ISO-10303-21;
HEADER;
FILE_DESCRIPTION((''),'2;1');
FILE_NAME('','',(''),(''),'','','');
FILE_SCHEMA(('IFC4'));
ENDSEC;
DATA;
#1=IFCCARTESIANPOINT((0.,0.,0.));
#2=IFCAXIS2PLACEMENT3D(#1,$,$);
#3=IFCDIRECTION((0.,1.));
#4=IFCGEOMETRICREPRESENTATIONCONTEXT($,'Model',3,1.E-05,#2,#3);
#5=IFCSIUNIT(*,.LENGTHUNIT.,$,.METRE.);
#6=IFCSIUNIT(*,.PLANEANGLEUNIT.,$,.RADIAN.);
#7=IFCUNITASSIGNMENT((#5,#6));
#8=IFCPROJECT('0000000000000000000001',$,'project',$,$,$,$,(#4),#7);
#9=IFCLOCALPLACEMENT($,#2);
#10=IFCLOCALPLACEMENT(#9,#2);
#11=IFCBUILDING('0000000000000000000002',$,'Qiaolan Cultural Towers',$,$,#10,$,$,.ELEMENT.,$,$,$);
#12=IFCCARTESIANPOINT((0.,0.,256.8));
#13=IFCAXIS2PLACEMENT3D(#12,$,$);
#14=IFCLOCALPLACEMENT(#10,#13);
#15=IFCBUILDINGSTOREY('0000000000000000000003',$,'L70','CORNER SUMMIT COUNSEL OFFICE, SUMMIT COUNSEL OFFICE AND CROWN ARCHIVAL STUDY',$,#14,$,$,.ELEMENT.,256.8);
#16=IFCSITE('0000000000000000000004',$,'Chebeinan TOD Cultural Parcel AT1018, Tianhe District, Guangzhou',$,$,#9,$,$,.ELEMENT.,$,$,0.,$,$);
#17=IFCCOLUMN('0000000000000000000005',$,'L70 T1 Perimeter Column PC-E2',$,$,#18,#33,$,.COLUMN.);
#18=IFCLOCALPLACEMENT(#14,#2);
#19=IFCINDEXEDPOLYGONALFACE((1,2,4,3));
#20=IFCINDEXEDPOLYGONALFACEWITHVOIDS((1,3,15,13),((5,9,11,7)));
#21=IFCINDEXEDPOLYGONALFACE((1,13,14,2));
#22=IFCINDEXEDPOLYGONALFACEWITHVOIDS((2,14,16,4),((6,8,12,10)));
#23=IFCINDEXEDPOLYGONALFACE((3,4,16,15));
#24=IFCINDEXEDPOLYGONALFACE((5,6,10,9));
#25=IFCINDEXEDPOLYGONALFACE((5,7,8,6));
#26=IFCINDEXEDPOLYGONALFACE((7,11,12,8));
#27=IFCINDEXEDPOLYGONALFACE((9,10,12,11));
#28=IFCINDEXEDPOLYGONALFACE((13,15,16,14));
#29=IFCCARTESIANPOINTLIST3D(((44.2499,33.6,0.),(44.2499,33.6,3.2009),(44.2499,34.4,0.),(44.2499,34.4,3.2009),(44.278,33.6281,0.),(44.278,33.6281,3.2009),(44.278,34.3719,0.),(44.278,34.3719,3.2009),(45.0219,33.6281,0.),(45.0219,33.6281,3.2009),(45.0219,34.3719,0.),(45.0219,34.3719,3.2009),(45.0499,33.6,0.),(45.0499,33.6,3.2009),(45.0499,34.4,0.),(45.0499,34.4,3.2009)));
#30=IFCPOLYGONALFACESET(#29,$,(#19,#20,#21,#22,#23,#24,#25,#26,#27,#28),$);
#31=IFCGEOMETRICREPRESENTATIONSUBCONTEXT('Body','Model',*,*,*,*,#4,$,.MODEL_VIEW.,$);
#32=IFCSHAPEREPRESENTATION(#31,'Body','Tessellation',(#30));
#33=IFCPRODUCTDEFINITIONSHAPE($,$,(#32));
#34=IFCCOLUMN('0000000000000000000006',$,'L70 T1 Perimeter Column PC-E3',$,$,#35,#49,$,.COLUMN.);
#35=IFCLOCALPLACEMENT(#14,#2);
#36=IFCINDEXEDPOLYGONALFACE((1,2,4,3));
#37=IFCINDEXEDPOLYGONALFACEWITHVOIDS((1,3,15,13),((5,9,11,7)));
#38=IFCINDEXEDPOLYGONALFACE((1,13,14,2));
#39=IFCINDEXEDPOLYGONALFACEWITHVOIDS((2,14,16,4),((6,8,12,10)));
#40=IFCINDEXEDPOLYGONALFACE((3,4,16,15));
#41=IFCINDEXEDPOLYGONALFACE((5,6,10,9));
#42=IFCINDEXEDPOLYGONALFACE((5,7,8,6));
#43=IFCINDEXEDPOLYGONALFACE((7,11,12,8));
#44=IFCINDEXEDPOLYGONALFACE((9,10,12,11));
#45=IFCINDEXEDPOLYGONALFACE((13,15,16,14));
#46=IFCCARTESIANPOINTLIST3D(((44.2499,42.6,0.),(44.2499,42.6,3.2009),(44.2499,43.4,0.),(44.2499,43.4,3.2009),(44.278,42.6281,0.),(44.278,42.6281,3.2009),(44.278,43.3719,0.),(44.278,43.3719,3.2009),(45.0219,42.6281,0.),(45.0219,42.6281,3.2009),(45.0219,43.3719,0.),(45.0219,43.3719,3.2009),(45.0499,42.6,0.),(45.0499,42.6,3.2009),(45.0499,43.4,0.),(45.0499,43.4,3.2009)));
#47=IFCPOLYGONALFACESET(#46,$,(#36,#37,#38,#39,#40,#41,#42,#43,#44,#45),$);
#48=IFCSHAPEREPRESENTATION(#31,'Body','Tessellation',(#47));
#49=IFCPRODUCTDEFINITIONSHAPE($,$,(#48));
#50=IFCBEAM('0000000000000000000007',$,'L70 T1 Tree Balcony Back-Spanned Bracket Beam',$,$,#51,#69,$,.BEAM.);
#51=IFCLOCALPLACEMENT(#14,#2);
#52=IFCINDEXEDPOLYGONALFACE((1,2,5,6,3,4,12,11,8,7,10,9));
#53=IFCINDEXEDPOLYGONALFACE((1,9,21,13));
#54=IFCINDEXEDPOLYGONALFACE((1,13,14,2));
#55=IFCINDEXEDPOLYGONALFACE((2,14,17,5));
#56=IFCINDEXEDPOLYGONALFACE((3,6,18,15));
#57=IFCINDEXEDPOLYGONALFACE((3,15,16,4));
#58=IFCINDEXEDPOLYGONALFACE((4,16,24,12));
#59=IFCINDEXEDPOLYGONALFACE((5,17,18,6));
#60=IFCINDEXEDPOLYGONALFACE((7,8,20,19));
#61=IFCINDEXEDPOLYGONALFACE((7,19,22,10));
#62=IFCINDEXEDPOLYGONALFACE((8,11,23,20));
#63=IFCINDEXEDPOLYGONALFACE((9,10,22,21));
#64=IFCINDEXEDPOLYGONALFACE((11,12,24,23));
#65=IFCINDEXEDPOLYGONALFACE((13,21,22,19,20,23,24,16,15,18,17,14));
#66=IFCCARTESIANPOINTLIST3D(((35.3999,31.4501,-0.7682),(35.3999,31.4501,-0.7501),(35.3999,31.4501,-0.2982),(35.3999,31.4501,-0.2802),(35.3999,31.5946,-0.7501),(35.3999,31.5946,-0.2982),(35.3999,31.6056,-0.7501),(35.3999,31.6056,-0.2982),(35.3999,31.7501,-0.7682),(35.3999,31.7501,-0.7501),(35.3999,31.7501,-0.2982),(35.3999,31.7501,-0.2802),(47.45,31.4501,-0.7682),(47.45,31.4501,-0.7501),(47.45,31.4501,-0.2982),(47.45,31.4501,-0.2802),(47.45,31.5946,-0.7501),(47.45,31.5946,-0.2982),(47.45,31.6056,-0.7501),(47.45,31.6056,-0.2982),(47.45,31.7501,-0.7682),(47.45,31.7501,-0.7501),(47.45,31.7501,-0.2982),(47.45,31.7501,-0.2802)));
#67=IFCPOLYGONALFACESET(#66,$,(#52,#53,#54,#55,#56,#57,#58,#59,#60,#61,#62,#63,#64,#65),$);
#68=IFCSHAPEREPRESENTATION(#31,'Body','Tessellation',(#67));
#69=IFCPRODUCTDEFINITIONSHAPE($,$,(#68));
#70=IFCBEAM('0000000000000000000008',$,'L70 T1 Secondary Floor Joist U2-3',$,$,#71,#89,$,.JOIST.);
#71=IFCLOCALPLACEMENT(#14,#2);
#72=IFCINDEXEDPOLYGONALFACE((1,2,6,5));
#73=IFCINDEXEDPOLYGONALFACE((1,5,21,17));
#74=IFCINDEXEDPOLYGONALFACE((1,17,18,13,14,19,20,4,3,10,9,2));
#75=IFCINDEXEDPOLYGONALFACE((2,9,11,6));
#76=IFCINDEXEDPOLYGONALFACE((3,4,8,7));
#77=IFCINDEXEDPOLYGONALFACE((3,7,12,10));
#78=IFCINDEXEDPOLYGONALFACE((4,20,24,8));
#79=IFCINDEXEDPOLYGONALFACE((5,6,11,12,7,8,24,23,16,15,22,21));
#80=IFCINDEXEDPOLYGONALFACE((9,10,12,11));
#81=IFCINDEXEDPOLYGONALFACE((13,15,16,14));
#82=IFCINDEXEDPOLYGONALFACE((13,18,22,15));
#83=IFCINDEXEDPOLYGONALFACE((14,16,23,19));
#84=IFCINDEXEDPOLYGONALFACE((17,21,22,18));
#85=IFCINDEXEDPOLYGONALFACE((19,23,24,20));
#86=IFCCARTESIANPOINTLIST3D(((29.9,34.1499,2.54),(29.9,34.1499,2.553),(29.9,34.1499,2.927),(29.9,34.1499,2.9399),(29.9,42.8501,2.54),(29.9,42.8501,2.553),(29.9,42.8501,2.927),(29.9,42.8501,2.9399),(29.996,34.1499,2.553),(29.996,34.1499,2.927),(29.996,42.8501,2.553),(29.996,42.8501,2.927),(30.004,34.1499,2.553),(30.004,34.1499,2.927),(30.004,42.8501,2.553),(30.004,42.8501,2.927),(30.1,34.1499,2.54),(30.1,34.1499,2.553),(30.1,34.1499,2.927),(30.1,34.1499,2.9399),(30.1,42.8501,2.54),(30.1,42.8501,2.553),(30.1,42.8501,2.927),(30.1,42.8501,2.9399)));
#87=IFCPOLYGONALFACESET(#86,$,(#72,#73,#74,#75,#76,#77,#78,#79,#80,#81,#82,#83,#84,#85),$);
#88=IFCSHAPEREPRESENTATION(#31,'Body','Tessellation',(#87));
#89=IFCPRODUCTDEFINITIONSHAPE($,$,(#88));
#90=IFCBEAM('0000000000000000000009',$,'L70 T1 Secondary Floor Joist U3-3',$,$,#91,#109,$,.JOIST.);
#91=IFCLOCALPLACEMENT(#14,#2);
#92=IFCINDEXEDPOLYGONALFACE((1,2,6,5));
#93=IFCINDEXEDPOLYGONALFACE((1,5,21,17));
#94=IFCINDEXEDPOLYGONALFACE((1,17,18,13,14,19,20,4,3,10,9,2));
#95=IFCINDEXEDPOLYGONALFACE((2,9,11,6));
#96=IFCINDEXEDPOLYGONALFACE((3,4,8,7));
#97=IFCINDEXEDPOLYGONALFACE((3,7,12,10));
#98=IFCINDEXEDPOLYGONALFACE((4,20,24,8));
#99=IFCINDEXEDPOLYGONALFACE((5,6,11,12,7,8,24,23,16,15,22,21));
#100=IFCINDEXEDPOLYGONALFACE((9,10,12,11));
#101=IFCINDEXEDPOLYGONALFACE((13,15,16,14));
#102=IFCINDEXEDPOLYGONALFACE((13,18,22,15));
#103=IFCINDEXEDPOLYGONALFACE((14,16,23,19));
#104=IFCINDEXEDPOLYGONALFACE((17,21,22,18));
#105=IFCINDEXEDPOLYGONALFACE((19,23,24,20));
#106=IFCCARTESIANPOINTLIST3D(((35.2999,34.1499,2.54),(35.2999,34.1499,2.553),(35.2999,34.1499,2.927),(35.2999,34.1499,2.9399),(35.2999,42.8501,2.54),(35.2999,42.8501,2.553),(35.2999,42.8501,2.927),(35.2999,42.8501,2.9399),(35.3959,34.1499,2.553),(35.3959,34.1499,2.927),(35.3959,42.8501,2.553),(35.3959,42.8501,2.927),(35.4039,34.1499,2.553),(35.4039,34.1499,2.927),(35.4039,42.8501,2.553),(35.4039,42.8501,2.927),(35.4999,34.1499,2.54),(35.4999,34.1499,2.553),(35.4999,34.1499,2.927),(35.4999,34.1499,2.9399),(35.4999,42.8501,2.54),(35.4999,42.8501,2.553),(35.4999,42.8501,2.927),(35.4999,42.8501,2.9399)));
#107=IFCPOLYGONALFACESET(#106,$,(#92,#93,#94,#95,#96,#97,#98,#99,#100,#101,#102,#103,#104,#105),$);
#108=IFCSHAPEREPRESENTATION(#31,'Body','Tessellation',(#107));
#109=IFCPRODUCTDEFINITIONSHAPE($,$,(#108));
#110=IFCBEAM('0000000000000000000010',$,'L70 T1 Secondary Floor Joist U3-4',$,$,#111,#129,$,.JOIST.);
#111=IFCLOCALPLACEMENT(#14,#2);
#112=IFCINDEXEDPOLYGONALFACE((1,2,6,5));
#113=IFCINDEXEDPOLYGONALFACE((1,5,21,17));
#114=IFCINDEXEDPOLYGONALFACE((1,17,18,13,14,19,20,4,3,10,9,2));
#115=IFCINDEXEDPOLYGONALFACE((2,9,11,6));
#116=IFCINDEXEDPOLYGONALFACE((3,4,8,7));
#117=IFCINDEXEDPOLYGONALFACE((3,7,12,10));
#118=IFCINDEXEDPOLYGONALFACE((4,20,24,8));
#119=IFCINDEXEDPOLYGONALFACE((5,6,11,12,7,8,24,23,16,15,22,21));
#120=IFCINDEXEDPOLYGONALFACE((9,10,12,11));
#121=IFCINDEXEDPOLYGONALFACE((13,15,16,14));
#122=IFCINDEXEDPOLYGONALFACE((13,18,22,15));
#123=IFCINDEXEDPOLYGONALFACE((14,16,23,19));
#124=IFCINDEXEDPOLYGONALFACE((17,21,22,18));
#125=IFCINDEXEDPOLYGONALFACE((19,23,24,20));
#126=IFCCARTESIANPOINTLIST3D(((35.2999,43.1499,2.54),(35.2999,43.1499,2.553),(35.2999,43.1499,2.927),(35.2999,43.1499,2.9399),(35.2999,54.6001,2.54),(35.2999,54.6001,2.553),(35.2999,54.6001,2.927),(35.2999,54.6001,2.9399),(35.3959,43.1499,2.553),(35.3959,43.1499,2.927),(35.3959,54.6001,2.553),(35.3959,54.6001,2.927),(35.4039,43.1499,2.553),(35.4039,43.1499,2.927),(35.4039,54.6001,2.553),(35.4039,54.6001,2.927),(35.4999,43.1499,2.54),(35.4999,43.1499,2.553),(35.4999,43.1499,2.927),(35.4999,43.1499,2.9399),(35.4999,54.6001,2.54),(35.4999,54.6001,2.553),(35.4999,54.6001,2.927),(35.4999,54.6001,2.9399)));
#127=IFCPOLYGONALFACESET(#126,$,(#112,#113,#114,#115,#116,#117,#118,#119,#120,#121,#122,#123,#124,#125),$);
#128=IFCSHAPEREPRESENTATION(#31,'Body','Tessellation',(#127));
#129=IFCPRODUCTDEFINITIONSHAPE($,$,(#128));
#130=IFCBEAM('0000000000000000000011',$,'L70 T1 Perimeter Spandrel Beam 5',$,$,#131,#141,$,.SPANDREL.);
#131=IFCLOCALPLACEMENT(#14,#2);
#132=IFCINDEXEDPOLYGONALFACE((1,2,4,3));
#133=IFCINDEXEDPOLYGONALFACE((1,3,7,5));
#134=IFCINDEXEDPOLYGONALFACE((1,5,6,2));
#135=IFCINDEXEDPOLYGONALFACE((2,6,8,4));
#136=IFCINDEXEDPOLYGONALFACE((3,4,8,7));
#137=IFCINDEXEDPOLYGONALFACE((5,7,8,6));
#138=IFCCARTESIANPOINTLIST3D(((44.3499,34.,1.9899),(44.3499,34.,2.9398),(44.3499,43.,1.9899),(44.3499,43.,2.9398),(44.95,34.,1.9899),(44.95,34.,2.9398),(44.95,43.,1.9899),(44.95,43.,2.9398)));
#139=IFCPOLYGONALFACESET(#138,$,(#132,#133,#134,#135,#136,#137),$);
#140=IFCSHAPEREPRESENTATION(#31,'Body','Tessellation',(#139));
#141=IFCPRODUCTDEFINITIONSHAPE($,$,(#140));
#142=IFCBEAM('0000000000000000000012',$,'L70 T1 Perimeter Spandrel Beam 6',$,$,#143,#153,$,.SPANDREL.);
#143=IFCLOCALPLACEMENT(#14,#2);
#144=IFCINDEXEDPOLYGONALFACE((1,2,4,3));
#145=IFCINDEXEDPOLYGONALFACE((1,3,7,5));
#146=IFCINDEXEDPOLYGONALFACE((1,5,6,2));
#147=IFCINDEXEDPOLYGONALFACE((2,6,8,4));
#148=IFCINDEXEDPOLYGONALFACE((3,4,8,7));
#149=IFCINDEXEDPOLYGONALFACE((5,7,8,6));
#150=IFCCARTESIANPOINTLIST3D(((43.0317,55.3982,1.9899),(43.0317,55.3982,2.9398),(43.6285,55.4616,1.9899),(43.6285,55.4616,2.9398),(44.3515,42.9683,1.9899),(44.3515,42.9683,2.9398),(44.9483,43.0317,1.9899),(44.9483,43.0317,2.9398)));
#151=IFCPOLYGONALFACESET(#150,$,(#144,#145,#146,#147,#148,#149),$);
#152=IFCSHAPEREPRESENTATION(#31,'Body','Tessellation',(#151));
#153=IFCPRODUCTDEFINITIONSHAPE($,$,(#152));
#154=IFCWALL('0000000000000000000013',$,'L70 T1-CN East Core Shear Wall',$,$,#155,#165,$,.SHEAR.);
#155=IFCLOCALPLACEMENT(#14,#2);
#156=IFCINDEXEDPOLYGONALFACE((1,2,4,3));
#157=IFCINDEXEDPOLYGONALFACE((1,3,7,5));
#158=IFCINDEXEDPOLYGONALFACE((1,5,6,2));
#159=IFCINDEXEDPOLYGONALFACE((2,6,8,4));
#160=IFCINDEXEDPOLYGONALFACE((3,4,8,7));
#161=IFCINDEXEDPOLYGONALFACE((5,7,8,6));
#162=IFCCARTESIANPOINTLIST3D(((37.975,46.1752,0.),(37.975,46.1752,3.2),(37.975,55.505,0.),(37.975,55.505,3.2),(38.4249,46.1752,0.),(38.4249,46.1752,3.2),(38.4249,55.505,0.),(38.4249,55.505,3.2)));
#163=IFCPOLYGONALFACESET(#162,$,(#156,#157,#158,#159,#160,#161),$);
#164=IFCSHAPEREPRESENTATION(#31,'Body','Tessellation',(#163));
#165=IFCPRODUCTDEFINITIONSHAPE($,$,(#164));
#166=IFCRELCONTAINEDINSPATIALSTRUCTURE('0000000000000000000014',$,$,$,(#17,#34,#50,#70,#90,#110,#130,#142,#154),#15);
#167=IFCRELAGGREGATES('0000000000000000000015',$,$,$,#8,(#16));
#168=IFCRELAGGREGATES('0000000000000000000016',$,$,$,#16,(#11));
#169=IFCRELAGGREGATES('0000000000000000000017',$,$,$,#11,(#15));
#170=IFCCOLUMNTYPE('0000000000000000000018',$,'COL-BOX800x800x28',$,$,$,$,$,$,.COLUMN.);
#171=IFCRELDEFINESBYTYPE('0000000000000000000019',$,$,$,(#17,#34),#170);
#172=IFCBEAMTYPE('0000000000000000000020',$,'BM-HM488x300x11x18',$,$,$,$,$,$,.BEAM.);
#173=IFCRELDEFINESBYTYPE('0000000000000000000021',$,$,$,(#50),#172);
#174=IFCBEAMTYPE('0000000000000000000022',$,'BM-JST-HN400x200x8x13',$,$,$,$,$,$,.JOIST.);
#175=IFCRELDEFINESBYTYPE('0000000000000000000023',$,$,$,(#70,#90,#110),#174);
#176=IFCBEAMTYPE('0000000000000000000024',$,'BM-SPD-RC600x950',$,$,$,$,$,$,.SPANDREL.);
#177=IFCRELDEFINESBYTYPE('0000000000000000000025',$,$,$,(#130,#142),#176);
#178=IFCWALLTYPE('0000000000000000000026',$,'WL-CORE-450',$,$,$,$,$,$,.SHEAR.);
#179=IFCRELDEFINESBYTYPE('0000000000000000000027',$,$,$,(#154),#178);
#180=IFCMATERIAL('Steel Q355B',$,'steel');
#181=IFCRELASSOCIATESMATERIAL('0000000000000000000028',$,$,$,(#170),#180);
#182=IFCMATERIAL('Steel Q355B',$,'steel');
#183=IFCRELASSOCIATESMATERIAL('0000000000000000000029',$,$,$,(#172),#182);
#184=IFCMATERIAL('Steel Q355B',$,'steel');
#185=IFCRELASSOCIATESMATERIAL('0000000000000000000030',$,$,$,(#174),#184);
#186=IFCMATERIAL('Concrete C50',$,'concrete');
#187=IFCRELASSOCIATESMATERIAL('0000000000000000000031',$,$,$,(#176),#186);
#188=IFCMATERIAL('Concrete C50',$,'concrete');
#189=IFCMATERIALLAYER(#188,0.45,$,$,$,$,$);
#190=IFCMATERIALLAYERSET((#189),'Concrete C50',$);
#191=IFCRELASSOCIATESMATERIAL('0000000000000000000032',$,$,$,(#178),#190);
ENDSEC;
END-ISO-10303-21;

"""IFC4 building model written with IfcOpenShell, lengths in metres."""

from ifc_helpers import new_model, si_unit, direction, frame, frame_2d, origin, origin_2d, place, context, subcontext, project, spatial, rectangle, hollow_rectangle, i_section, extrude, material, layer, layer_set, material_profile, profile_set, type_object, element, save


model = new_model("IFC4")

# Units and contexts
model_context = context("Model", 3, precision=1e-05, world=origin(), true_north=direction((0.0, 1.0)))
body_context = subcontext(model_context, "Body", "Model", "MODEL_VIEW")
ifc_project = project(units=[si_unit("LENGTHUNIT", "METRE"), si_unit("PLANEANGLEUNIT", "RADIAN")], contexts=[model_context])

# Site, building, storey
site_placement = place(None, origin())
site = spatial("IfcSite", under=ifc_project, at=site_placement, Name="Chebeinan TOD Cultural Parcel AT1018, Tianhe District, Guangzhou", CompositionType="ELEMENT", RefElevation=0.0)
building_placement = place(site_placement, origin())
building = spatial("IfcBuilding", under=site, at=building_placement, Name="Qiaolan Cultural Towers", CompositionType="ELEMENT")
storey_placement = place(building_placement, frame((0.0, 0.0, 256.8)))
storey = spatial("IfcBuildingStorey", under=building, at=storey_placement, Name="L70", Description="CORNER SUMMIT COUNSEL OFFICE, SUMMIT COUNSEL OFFICE AND CROWN ARCHIVAL STUDY", CompositionType="ELEMENT", Elevation=256.8)

# Columns
ifc_material_1 = material(Name="Steel Q355B", Category="steel")
ifc_material_profile_1 = material_profile(ifc_material_1, hollow_rectangle(XDim=0.8, YDim=0.8, WallThickness=0.0281, at=origin_2d()), Name="BOX800x800x28")
ifc_profile_set_1 = profile_set([ifc_material_profile_1], Name="Steel Q355B")
column_type = type_object("IfcColumnType", Name="COL-BOX800x800x28", PredefinedType="COLUMN", material=ifc_profile_set_1)
for number, where, z_axis, x_axis, name in (
    (1, (44.6499, 34.0, 0.0), (0.0, 0.0, 1.0), (1.0, 0.0, 0.0), "L70 T1 Perimeter Column PC-E2"),
    (2, (44.6499, 43.0, 0.0), (0.0, 0.0, 1.0), (1.0, 0.0, 0.0), "L70 T1 Perimeter Column PC-E3"),
):
    element("IfcColumn", number, at=place(storey_placement, frame(where, z_axis=z_axis, x_axis=x_axis)), inside=storey, type_object=column_type, Name=name, PredefinedType="COLUMN", context=body_context, shape_type="SweptSolid", body=[
        extrude(hollow_rectangle(XDim=0.8, YDim=0.8, WallThickness=0.0281, at=origin_2d()), origin(), (0.0, 0.0, 1.0), 3.2009),
    ])

# Beams
ifc_material_2 = material(Name="Steel Q355B", Category="steel")
ifc_material_profile_2 = material_profile(ifc_material_2, i_section(OverallWidth=0.3, OverallDepth=0.488, WebThickness=0.011, FlangeThickness=0.0181, at=origin_2d()), Name="HM488x300x11x18")
ifc_profile_set_2 = profile_set([ifc_material_profile_2], Name="Steel Q355B")
beam_type_1 = type_object("IfcBeamType", Name="BM-HM488x300x11x18", PredefinedType="BEAM", material=ifc_profile_set_2)
beam_1_placement = place(storey_placement, frame((35.3999, 31.6001, -0.5242), z_axis=(1.0, 0.0, 0.0), x_axis=(0.0, 1.0, 0.0)))
element("IfcBeam", 3, at=beam_1_placement, inside=storey, type_object=beam_type_1, Name="L70 T1 Tree Balcony Back-Spanned Bracket Beam", PredefinedType="BEAM", context=body_context, shape_type="SweptSolid", body=[
    extrude(i_section(OverallWidth=0.3, OverallDepth=0.488, WebThickness=0.011, FlangeThickness=0.0181, at=origin_2d()), origin(), (0.0, 0.0, 1.0), 12.05),
])
ifc_material_3 = material(Name="Steel Q355B", Category="steel")
ifc_material_profile_3 = material_profile(ifc_material_3, i_section(OverallWidth=0.2, OverallDepth=0.3999, WebThickness=0.0081, FlangeThickness=0.0129, at=origin_2d()), Name="HN400x200x8x13")
ifc_profile_set_3 = profile_set([ifc_material_profile_3], Name="Steel Q355B")
beam_type_2 = type_object("IfcBeamType", Name="BM-JST-HN400x200x8x13", PredefinedType="JOIST", material=ifc_profile_set_3)
for number, where, z_axis, x_axis, name in (
    (4, (30.0, 34.1499, 2.74), (0.0, 1.0, 0.0), (-1.0, 0.0, 0.0), "L70 T1 Secondary Floor Joist U2-3"),
    (5, (35.3999, 34.1499, 2.74), (0.0, 1.0, 0.0), (-1.0, 0.0, 0.0), "L70 T1 Secondary Floor Joist U3-3"),
):
    element("IfcBeam", number, at=place(storey_placement, frame(where, z_axis=z_axis, x_axis=x_axis)), inside=storey, type_object=beam_type_2, Name=name, PredefinedType="JOIST", context=body_context, shape_type="SweptSolid", body=[
        extrude(i_section(OverallWidth=0.2, OverallDepth=0.3999, WebThickness=0.0081, FlangeThickness=0.0129, at=origin_2d()), origin(), (0.0, 0.0, 1.0), 8.7002),
    ])
beam_2_placement = place(storey_placement, frame((35.3999, 43.1499, 2.74), z_axis=(0.0, 1.0, 0.0), x_axis=(-1.0, 0.0, 0.0)))
element("IfcBeam", 6, at=beam_2_placement, inside=storey, type_object=beam_type_2, Name="L70 T1 Secondary Floor Joist U3-4", PredefinedType="JOIST", context=body_context, shape_type="SweptSolid", body=[
    extrude(i_section(OverallWidth=0.2, OverallDepth=0.3999, WebThickness=0.0081, FlangeThickness=0.0129, at=origin_2d()), origin(), (0.0, 0.0, 1.0), 11.4502),
])
ifc_material_4 = material(Name="Concrete C50", Category="concrete")
ifc_material_profile_4 = material_profile(ifc_material_4, rectangle(XDim=0.6001, YDim=0.95, at=origin_2d()), Name="RC600x950")
ifc_profile_set_4 = profile_set([ifc_material_profile_4], Name="Concrete C50")
beam_type_3 = type_object("IfcBeamType", Name="BM-SPD-RC600x950", PredefinedType="SPANDREL", material=ifc_profile_set_4)
beam_3_placement = place(storey_placement, frame((44.6499, 34.0, 2.4648), z_axis=(0.0, 1.0, 0.0), x_axis=(-1.0, 0.0, 0.0)))
element("IfcBeam", 7, at=beam_3_placement, inside=storey, type_object=beam_type_3, Name="L70 T1 Perimeter Spandrel Beam 5", PredefinedType="SPANDREL", context=body_context, shape_type="SweptSolid", body=[
    extrude(rectangle(XDim=0.6001, YDim=0.95, at=origin_2d()), origin(), (0.0, 0.0, 1.0), 9.0),
])
beam_4_placement = place(storey_placement, frame((44.6499, 43.0, 2.4648), z_axis=(-0.105588, 0.99441, 0.0), x_axis=(-0.99441, -0.105588, 0.0)))
element("IfcBeam", 8, at=beam_4_placement, inside=storey, type_object=beam_type_3, Name="L70 T1 Perimeter Spandrel Beam 6", PredefinedType="SPANDREL", context=body_context, shape_type="SweptSolid", body=[
    extrude(rectangle(XDim=0.6001, YDim=0.95, at=origin_2d()), origin(), (0.0, 0.0, 1.0), 12.4998),
])

# Wall
ifc_material_5 = material(Name="Concrete C50", Category="concrete")
ifc_layer_1 = layer(ifc_material_5, 0.45)
ifc_layer_set_1 = layer_set([ifc_layer_1], Name="Concrete C50")
wall_type_1 = type_object("IfcWallType", Name="WL-CORE-450", PredefinedType="SHEAR", material=ifc_layer_set_1)
wall_1_placement = place(storey_placement, frame((38.2, 46.175, 0.0), z_axis=(0.0, 0.0, 1.0), x_axis=(0.0, 1.0, 0.0)))
element("IfcWall", 9, at=wall_1_placement, inside=storey, type_object=wall_type_1, Name="L70 T1-CN East Core Shear Wall", PredefinedType="SHEAR", context=body_context, shape_type="SweptSolid", body=[
    extrude(rectangle(XDim=9.3298, YDim=0.45, at=frame_2d((4.665, 0.0))), origin(), (0.0, 0.0, 1.0), 3.2),
])

save(model, "model.ifc")
